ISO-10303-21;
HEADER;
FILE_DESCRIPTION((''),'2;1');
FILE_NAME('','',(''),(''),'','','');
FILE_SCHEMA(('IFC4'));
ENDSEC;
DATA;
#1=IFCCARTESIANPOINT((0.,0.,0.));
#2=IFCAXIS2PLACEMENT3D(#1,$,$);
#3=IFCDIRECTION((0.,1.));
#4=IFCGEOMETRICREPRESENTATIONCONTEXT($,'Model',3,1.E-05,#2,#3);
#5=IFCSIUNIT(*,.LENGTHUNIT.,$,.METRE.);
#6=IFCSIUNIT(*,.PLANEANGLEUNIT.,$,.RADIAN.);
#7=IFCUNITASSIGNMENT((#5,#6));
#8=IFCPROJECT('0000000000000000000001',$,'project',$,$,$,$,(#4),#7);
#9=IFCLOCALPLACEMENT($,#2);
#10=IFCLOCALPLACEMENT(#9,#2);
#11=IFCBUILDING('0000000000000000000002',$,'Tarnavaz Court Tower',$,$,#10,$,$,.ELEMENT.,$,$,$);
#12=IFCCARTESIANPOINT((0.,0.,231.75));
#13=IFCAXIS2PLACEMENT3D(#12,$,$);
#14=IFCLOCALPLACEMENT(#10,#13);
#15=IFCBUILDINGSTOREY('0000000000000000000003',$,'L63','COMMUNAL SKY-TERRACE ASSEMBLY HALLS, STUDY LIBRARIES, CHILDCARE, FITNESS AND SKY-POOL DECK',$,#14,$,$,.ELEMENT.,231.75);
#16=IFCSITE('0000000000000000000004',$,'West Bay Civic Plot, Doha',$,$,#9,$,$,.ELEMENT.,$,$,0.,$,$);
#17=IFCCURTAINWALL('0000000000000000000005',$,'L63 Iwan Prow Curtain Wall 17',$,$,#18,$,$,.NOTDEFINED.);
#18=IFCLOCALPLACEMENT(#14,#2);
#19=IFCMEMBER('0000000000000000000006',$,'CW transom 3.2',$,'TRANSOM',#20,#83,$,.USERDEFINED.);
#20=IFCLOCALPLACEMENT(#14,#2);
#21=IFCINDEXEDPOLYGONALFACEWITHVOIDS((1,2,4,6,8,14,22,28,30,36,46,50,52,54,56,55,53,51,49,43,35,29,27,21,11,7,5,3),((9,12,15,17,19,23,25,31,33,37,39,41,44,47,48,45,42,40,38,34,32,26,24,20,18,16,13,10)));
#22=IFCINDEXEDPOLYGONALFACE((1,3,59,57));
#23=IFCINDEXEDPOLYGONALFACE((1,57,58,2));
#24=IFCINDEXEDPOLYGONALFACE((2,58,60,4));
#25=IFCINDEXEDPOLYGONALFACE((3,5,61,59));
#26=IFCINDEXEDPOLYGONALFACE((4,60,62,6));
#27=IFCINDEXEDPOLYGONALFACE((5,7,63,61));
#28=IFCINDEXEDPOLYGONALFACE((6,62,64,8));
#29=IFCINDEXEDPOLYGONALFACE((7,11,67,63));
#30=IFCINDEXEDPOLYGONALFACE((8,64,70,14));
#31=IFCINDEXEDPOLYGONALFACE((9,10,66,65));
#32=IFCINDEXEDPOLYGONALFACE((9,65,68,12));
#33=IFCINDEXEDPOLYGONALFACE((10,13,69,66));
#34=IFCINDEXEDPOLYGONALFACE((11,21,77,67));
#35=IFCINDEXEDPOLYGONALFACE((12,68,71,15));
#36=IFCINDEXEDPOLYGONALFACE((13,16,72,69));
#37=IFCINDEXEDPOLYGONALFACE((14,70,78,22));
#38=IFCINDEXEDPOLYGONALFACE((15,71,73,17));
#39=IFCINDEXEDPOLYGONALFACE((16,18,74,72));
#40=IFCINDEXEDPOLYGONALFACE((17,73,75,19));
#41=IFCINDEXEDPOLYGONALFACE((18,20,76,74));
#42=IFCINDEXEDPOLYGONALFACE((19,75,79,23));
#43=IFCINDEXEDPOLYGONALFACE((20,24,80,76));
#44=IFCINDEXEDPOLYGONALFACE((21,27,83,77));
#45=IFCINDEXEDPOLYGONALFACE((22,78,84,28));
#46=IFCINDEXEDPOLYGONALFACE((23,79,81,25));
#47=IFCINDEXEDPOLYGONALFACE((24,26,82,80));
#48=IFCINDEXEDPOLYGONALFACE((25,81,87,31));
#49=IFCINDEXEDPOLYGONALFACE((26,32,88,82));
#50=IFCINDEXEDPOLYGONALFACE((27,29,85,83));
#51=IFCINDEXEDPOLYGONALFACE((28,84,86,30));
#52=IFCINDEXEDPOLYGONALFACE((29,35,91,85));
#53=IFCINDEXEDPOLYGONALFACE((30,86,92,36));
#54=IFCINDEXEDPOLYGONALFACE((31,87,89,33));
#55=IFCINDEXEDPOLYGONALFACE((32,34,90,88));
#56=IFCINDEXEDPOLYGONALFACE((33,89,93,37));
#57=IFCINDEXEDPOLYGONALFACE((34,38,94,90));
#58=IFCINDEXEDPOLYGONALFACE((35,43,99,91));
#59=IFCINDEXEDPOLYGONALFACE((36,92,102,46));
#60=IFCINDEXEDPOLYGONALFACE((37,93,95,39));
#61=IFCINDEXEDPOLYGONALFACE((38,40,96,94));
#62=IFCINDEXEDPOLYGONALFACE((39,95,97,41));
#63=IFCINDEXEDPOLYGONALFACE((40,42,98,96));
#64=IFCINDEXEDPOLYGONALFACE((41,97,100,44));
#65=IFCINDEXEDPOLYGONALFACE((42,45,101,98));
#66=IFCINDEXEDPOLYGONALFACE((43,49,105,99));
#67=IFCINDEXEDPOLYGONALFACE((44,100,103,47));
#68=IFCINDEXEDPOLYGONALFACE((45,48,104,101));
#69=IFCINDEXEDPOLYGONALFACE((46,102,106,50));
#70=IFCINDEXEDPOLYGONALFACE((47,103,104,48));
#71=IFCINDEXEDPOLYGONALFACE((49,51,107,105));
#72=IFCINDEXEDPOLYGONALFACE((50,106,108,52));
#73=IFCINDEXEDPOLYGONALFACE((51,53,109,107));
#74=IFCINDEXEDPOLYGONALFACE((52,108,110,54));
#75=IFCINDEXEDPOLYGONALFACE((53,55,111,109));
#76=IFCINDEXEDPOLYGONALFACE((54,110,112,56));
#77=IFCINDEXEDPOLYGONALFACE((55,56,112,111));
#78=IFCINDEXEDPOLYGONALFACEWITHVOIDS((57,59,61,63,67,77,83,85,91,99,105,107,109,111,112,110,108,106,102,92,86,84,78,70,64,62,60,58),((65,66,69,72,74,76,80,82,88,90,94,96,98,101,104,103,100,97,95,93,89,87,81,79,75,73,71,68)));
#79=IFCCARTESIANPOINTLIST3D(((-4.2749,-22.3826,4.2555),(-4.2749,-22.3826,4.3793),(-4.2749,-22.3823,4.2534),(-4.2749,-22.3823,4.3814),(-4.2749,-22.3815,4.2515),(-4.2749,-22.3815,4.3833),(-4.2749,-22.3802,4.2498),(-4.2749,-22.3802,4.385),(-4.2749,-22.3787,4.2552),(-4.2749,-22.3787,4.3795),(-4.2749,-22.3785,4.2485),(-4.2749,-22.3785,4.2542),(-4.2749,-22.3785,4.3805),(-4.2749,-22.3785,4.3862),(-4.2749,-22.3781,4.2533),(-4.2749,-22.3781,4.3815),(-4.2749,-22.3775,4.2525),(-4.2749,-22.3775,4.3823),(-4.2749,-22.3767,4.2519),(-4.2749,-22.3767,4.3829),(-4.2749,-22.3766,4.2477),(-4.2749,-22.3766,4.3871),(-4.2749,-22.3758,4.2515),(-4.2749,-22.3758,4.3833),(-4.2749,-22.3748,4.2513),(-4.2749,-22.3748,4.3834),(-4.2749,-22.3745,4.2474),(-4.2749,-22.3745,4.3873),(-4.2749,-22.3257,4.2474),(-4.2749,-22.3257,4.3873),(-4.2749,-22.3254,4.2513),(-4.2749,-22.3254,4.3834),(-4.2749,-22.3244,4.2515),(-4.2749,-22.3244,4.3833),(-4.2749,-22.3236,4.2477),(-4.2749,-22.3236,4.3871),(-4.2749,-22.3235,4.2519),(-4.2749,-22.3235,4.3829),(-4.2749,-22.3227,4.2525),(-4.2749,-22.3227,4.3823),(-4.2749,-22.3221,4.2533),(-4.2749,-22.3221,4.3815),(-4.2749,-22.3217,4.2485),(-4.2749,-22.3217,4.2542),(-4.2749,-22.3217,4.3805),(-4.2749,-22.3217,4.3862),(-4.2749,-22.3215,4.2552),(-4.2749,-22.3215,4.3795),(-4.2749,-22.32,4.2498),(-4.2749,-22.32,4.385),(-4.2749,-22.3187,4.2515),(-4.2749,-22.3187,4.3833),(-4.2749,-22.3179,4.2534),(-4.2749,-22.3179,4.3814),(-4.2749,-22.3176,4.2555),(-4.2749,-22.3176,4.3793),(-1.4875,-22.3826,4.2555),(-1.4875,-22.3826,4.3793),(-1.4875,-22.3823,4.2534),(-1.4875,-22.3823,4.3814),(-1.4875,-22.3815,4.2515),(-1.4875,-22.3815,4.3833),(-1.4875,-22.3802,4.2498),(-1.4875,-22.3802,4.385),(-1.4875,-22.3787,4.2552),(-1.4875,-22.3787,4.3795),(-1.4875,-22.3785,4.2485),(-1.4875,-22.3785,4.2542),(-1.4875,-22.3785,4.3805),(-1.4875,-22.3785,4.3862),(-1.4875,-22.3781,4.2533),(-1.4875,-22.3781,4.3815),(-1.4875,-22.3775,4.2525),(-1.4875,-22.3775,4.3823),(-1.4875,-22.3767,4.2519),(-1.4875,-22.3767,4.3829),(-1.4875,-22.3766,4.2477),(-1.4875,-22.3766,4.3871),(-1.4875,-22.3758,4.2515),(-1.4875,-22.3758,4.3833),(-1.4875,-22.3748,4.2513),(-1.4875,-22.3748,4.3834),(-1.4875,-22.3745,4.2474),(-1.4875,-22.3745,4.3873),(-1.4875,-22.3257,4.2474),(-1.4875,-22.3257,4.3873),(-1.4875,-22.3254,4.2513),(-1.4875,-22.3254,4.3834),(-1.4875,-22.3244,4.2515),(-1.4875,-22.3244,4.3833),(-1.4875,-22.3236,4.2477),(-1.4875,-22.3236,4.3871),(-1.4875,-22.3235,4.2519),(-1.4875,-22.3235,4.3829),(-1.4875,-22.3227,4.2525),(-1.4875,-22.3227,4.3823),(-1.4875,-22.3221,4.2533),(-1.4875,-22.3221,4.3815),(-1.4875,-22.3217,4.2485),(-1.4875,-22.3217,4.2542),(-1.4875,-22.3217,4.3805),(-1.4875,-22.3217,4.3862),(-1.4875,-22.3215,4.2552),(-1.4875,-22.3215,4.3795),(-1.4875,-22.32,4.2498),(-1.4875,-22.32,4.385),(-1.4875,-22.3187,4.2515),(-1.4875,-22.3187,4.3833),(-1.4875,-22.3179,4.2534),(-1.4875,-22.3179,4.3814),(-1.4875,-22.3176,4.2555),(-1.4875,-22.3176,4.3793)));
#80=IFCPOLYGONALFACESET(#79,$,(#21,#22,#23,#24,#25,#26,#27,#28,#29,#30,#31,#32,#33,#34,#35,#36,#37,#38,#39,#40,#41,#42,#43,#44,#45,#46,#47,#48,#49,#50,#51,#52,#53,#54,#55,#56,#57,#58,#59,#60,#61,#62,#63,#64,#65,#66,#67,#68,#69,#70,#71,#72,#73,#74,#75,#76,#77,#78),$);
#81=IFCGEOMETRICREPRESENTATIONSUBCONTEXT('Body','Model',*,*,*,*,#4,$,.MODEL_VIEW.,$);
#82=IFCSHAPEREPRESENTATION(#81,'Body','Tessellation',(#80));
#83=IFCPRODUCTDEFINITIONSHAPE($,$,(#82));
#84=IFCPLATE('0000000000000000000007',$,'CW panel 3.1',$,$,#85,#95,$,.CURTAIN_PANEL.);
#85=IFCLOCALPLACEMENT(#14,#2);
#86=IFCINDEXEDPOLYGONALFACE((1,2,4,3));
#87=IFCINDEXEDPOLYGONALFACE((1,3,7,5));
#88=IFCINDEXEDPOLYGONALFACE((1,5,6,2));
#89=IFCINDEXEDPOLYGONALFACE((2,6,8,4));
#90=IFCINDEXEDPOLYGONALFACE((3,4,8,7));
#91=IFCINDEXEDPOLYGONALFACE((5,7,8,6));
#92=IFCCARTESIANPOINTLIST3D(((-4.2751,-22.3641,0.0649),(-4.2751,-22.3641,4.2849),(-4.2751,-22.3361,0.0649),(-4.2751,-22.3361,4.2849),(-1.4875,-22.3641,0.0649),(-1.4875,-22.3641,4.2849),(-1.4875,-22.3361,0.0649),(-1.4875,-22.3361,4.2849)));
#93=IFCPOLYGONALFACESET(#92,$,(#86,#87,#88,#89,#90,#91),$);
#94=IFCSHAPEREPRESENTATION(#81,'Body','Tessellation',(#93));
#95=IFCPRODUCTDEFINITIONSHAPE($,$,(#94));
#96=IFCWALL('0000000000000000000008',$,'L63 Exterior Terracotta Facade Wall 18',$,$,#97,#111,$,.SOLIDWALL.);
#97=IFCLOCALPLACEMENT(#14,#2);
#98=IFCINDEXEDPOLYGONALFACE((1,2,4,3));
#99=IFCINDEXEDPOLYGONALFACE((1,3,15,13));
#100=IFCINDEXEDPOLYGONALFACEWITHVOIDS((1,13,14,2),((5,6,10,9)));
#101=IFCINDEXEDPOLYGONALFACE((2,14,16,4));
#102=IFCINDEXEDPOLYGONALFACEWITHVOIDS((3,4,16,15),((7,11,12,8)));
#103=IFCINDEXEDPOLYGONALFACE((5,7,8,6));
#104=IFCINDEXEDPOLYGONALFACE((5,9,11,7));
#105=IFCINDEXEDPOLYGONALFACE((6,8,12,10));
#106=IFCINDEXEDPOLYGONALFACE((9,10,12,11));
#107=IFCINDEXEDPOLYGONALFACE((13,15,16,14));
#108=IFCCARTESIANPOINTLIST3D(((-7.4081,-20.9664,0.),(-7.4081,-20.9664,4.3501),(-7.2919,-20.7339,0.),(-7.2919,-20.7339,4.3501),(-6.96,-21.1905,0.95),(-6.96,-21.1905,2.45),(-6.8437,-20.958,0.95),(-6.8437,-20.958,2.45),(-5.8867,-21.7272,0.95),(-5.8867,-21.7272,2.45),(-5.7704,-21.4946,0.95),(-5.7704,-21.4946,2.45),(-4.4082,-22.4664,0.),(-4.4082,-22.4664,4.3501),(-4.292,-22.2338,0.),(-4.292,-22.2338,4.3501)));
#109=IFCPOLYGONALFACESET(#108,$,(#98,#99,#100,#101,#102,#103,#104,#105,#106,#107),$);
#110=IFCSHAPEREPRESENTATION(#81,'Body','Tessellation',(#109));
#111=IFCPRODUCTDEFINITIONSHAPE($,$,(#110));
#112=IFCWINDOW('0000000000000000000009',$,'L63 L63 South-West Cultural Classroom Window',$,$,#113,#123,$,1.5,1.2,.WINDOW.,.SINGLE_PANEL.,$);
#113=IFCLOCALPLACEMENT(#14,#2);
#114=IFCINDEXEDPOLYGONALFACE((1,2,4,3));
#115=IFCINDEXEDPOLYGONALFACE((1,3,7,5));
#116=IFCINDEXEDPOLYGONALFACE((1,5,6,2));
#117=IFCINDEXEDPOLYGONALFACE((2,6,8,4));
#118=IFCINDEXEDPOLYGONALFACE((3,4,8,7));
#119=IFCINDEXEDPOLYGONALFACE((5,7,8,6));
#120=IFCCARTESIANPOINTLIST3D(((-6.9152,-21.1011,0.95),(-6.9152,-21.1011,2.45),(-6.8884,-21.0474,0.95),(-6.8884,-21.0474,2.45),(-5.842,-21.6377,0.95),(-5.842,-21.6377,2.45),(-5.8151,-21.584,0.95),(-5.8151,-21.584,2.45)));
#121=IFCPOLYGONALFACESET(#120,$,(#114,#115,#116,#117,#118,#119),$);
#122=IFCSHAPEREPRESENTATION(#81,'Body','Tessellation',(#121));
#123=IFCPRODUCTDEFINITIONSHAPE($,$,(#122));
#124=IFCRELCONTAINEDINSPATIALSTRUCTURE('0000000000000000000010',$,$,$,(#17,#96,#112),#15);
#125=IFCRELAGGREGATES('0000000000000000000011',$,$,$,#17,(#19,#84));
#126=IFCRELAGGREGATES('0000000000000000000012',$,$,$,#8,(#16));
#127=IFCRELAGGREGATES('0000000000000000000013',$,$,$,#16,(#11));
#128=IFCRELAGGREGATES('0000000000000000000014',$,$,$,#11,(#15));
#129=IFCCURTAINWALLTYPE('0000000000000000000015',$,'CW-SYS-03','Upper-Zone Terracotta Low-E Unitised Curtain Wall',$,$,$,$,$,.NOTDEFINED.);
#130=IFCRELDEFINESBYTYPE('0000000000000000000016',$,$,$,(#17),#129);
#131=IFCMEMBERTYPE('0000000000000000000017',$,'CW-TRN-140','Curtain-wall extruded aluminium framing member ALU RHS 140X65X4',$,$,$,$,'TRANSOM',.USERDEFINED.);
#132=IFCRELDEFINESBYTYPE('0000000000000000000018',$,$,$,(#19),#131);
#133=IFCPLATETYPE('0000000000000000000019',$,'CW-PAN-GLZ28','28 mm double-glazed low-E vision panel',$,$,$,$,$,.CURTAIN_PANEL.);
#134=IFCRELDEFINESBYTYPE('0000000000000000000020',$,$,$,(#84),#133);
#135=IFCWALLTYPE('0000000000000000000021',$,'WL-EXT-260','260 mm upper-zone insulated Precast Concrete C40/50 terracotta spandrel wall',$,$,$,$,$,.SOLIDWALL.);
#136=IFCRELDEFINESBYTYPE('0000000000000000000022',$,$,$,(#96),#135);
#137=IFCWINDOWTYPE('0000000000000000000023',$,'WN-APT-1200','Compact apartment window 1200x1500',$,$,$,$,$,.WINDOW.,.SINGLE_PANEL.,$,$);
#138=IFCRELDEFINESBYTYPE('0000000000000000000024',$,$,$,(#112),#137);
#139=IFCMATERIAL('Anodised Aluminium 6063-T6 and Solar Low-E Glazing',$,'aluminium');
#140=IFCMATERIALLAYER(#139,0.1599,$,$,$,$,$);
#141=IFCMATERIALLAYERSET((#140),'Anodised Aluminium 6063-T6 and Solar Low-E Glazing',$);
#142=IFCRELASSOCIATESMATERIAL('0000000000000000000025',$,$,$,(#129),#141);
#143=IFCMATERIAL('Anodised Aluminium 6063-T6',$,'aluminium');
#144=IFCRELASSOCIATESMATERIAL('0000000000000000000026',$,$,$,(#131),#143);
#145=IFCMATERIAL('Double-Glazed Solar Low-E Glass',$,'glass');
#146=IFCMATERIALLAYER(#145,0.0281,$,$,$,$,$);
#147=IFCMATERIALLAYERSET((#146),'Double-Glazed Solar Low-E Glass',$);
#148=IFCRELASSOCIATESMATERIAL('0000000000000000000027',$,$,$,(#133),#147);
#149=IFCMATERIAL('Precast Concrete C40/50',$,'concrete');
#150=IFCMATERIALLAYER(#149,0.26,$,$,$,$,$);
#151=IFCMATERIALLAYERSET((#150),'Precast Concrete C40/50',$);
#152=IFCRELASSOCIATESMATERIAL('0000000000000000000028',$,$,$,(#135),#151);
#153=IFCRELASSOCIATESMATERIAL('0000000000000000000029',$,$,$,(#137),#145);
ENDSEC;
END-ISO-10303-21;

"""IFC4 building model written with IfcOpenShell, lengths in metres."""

from ifc_helpers import new_model, si_unit, direction, frame, frame_2d, origin, origin_2d, place, context, subcontext, project, spatial, rectangle, hollow_rectangle, extrude, material, layer, layer_set, material_profile, profile_set, type_object, element, fill, aggregate, save


model = new_model("IFC4")

# Units and contexts
model_context = context("Model", 3, precision=1e-05, world=origin(), true_north=direction((0.0, 1.0)))
body_context = subcontext(model_context, "Body", "Model", "MODEL_VIEW")
ifc_project = project(units=[si_unit("LENGTHUNIT", "METRE"), si_unit("PLANEANGLEUNIT", "RADIAN")], contexts=[model_context])

# Site, building, storey
site_placement = place(None, origin())
site = spatial("IfcSite", under=ifc_project, at=site_placement, Name="West Bay Civic Plot, Doha", CompositionType="ELEMENT", RefElevation=0.0)
building_placement = place(site_placement, origin())
building = spatial("IfcBuilding", under=site, at=building_placement, Name="Tarnavaz Court Tower", CompositionType="ELEMENT")
storey_placement = place(building_placement, frame((0.0, 0.0, 231.75)))
storey = spatial("IfcBuildingStorey", under=building, at=storey_placement, Name="L63", Description="COMMUNAL SKY-TERRACE ASSEMBLY HALLS, STUDY LIBRARIES, CHILDCARE, FITNESS AND SKY-POOL DECK", CompositionType="ELEMENT", Elevation=231.75)

# Curtain wall, member, plate
ifc_material_1 = material(Name="Anodised Aluminium 6063-T6 and Solar Low-E Glazing", Category="aluminium")
ifc_layer_1 = layer(ifc_material_1, 0.1599)
ifc_layer_set_1 = layer_set([ifc_layer_1], Name="Anodised Aluminium 6063-T6 and Solar Low-E Glazing")
curtain_wall_type = type_object("IfcCurtainWallType", Name="CW-SYS-03", Description="Upper-Zone Terracotta Low-E Unitised Curtain Wall", PredefinedType="NOTDEFINED", material=ifc_layer_set_1)
curtain_wall_placement = place(storey_placement, origin())
curtain_wall = element("IfcCurtainWall", 1, at=curtain_wall_placement, inside=storey, type_object=curtain_wall_type, Name="L63 Iwan Prow Curtain Wall 17", PredefinedType="NOTDEFINED")
ifc_material_2 = material(Name="Anodised Aluminium 6063-T6", Category="aluminium")
ifc_material_profile_1 = material_profile(ifc_material_2, hollow_rectangle(XDim=0.0649, YDim=0.1399, WallThickness=0.0039, InnerFilletRadius=0.0039, OuterFilletRadius=0.0081, at=origin_2d()), Name="ALU RHS 140X65X4")
ifc_profile_set_1 = profile_set([ifc_material_profile_1], Name="Anodised Aluminium 6063-T6")
member_type_1 = type_object("IfcMemberType", Name="CW-TRN-140", Description="Curtain-wall extruded aluminium framing member ALU RHS 140X65X4", ElementType="TRANSOM", PredefinedType="USERDEFINED", material=ifc_profile_set_1)
member_1_placement = place(storey_placement, frame((-1.4875, -22.3501, 4.3174), z_axis=(-1.0, 0.0, 0.0), x_axis=(0.0, -1.0, 0.0)))
member_1 = element("IfcMember", 2, at=member_1_placement, type_object=member_type_1, Name="CW transom 3.2", ObjectType="TRANSOM", PredefinedType="USERDEFINED", context=body_context, shape_type="SweptSolid", body=[
    extrude(hollow_rectangle(XDim=0.0649, YDim=0.1399, WallThickness=0.0039, InnerFilletRadius=0.0039, OuterFilletRadius=0.0081, at=origin_2d()), origin(), (0.0, 0.0, 1.0), 2.7874),
])
ifc_material_3 = material(Name="Double-Glazed Solar Low-E Glass", Category="glass")
ifc_layer_2 = layer(ifc_material_3, 0.0281)
ifc_layer_set_2 = layer_set([ifc_layer_2], Name="Double-Glazed Solar Low-E Glass")
plate_type = type_object("IfcPlateType", Name="CW-PAN-GLZ28", Description="28 mm double-glazed low-E vision panel", PredefinedType="CURTAIN_PANEL", material=ifc_layer_set_2)
plate_placement = place(storey_placement, frame((-2.8813, -22.3501, 0.0649), z_axis=(0.0, 0.0, 1.0), x_axis=(-1.0, 0.0, 0.0)))
plate = element("IfcPlate", 3, at=plate_placement, type_object=plate_type, Name="CW panel 3.1", PredefinedType="CURTAIN_PANEL", context=body_context, shape_type="SweptSolid", body=[
    extrude(rectangle(XDim=2.7876, YDim=0.0281, at=origin_2d()), origin(), (0.0, 0.0, 1.0), 4.22),
])
aggregate(curtain_wall, [member_1, plate])

# Wall, opening, window
ifc_material_4 = material(Name="Precast Concrete C40/50", Category="concrete")
ifc_layer_3 = layer(ifc_material_4, 0.26)
ifc_layer_set_3 = layer_set([ifc_layer_3], Name="Precast Concrete C40/50")
wall_type_1 = type_object("IfcWallType", Name="WL-EXT-260", Description="260 mm upper-zone insulated Precast Concrete C40/50 terracotta spandrel wall", PredefinedType="SOLIDWALL", material=ifc_layer_set_3)
wall_1_placement = place(storey_placement, frame((-4.3501, -22.3501, 0.0), z_axis=(0.0, 0.0, 1.0), x_axis=(-0.894427, 0.447214, 0.0)))
wall_1 = element("IfcWall", 4, at=wall_1_placement, inside=storey, type_object=wall_type_1, Name="L63 Exterior Terracotta Facade Wall 18", PredefinedType="SOLIDWALL", context=body_context, shape_type="SweptSolid", body=[
    extrude(rectangle(XDim=3.354, YDim=0.26, at=frame_2d((1.677, 0.0))), origin(), (0.0, 0.0, 1.0), 4.3501),
])
opening_1_placement = place(wall_1_placement, frame((1.6528, 0.0, 0.95)))
opening_1 = element("IfcOpeningElement", 5, at=opening_1_placement, cuts=wall_1, PredefinedType="OPENING", context=body_context, shape_type="SweptSolid", body=[
    extrude(rectangle(XDim=1.2, YDim=1.5, at=frame_2d((0.6001, 0.75))), frame((0.0, 0.1399, 0.0), z_axis=(0.0, -1.0, 0.0), x_axis=(1.0, 0.0, 0.0)), (0.0, 0.0, 1.0), 0.28),
])
window_type_1 = type_object("IfcWindowType", Name="WN-APT-1200", Description="Compact apartment window 1200x1500", PartitioningType="SINGLE_PANEL", PredefinedType="WINDOW", material=ifc_material_3)
window_1_placement = place(opening_1_placement, origin())
window_1 = element("IfcWindow", 6, at=window_1_placement, inside=storey, type_object=window_type_1, Name="L63 L63 South-West Cultural Classroom Window", OverallHeight=1.5, OverallWidth=1.2, PartitioningType="SINGLE_PANEL", PredefinedType="WINDOW", context=body_context, shape_type="SweptSolid", body=[
    extrude(rectangle(XDim=1.2, YDim=1.5, at=frame_2d((0.6001, 0.75))), frame((0.0, 0.03, 0.0), z_axis=(0.0, -1.0, 0.0), x_axis=(1.0, 0.0, 0.0)), (0.0, 0.0, 1.0), 0.0601),
])
fill(opening_1, window_1)

save(model, "model.ifc")
